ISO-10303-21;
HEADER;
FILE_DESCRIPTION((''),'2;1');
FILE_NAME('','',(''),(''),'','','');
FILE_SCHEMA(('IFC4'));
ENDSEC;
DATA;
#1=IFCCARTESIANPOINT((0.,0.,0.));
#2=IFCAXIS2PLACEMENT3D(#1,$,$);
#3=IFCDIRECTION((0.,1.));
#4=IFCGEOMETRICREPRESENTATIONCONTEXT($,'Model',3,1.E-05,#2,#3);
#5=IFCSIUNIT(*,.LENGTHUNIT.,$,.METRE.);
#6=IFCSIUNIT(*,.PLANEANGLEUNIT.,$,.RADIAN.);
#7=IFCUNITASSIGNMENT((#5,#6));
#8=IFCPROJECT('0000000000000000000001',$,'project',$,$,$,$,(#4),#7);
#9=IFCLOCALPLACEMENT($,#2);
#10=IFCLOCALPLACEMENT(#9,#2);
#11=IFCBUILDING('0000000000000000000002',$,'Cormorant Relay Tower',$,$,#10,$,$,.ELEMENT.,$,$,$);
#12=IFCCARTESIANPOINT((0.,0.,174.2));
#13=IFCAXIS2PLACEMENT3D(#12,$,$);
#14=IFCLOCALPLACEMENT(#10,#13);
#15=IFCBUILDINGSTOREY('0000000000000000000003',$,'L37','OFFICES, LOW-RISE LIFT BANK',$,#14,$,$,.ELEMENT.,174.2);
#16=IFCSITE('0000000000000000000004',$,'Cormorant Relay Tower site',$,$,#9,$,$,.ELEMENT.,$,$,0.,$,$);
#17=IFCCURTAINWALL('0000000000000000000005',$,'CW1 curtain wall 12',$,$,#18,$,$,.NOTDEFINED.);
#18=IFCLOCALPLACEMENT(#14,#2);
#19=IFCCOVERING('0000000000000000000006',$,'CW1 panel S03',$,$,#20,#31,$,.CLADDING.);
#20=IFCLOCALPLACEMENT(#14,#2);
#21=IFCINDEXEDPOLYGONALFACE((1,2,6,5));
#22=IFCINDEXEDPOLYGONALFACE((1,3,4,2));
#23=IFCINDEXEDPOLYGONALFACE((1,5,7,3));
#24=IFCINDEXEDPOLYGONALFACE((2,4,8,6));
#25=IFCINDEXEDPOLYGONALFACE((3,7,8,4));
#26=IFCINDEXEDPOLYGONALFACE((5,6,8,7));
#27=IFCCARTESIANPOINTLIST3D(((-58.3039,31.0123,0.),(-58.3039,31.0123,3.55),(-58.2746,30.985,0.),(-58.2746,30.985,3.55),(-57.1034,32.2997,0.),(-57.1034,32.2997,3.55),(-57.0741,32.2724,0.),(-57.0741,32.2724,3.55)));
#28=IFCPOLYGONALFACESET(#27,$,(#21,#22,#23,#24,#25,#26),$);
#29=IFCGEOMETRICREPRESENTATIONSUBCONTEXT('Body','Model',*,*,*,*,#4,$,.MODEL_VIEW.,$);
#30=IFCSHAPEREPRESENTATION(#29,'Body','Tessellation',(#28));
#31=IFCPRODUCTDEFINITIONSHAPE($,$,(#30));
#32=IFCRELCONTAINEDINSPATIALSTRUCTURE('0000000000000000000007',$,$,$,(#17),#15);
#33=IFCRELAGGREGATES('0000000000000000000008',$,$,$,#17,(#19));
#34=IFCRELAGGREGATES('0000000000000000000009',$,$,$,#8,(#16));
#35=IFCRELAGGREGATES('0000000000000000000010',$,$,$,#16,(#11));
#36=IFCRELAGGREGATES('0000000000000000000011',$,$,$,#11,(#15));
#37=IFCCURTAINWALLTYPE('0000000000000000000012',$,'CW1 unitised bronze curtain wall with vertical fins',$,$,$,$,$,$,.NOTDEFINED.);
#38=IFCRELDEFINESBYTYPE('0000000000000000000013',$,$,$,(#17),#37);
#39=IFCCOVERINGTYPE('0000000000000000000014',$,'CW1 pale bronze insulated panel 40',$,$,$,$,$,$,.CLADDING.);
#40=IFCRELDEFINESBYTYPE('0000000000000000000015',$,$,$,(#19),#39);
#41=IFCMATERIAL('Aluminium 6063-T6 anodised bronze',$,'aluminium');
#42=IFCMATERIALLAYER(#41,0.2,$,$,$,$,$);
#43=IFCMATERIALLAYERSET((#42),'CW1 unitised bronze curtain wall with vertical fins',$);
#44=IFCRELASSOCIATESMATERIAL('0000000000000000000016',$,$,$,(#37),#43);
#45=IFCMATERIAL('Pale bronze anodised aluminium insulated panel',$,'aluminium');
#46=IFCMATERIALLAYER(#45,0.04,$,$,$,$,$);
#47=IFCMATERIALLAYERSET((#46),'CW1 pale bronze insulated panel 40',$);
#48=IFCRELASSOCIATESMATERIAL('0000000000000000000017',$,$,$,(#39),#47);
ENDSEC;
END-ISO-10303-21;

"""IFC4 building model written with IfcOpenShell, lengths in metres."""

from ifc_helpers import new_model, si_unit, direction, frame, origin, origin_2d, place, context, subcontext, project, spatial, rectangle, extrude, material, layer, layer_set, type_object, element, aggregate, save


model = new_model("IFC4")

# Units and contexts
model_context = context("Model", 3, precision=1e-05, world=origin(), true_north=direction((0.0, 1.0)))
body_context = subcontext(model_context, "Body", "Model", "MODEL_VIEW")
ifc_project = project(units=[si_unit("LENGTHUNIT", "METRE"), si_unit("PLANEANGLEUNIT", "RADIAN")], contexts=[model_context])

# Site, building, storey
site_placement = place(None, origin())
site = spatial("IfcSite", under=ifc_project, at=site_placement, Name="Cormorant Relay Tower site", CompositionType="ELEMENT", RefElevation=0.0)
building_placement = place(site_placement, origin())
building = spatial("IfcBuilding", under=site, at=building_placement, Name="Cormorant Relay Tower", CompositionType="ELEMENT")
storey_placement = place(building_placement, frame((0.0, 0.0, 174.2)))
storey = spatial("IfcBuildingStorey", under=building, at=storey_placement, Name="L37", Description="OFFICES, LOW-RISE LIFT BANK", CompositionType="ELEMENT", Elevation=174.2)

# Curtain wall
ifc_material_1 = material(Name="Aluminium 6063-T6 anodised bronze", Category="aluminium")
ifc_layer_1 = layer(ifc_material_1, 0.2)
ifc_layer_set_1 = layer_set([ifc_layer_1], Name="CW1 unitised bronze curtain wall with vertical fins")
curtain_wall_type = type_object("IfcCurtainWallType", Name="CW1 unitised bronze curtain wall with vertical fins", PredefinedType="NOTDEFINED", material=ifc_layer_set_1)
curtain_wall_1_placement = place(storey_placement, origin())
curtain_wall_1 = element("IfcCurtainWall", 1, at=curtain_wall_1_placement, inside=storey, type_object=curtain_wall_type, Name="CW1 curtain wall 12", PredefinedType="NOTDEFINED")

# Covering
ifc_material_2 = material(Name="Pale bronze anodised aluminium insulated panel", Category="aluminium")
ifc_layer_2 = layer(ifc_material_2, 0.04)
ifc_layer_set_2 = layer_set([ifc_layer_2], Name="CW1 pale bronze insulated panel 40")
covering_type = type_object("IfcCoveringType", Name="CW1 pale bronze insulated panel 40", PredefinedType="CLADDING", material=ifc_layer_set_2)
covering_1_placement = place(storey_placement, frame((-57.689, 31.6423, 0.0), z_axis=(0.0, 0.0, 1.0), x_axis=(-0.681998, -0.731354, 0.0)))
covering_1 = element("IfcCovering", 2, at=covering_1_placement, type_object=covering_type, Name="CW1 panel S03", PredefinedType="CLADDING", context=body_context, shape_type="SweptSolid", body=[
    extrude(rectangle(XDim=1.7603, YDim=0.04, at=origin_2d()), origin(), (0.0, 0.0, 1.0), 3.55),
])
aggregate(curtain_wall_1, [covering_1])

save(model, "model.ifc")
